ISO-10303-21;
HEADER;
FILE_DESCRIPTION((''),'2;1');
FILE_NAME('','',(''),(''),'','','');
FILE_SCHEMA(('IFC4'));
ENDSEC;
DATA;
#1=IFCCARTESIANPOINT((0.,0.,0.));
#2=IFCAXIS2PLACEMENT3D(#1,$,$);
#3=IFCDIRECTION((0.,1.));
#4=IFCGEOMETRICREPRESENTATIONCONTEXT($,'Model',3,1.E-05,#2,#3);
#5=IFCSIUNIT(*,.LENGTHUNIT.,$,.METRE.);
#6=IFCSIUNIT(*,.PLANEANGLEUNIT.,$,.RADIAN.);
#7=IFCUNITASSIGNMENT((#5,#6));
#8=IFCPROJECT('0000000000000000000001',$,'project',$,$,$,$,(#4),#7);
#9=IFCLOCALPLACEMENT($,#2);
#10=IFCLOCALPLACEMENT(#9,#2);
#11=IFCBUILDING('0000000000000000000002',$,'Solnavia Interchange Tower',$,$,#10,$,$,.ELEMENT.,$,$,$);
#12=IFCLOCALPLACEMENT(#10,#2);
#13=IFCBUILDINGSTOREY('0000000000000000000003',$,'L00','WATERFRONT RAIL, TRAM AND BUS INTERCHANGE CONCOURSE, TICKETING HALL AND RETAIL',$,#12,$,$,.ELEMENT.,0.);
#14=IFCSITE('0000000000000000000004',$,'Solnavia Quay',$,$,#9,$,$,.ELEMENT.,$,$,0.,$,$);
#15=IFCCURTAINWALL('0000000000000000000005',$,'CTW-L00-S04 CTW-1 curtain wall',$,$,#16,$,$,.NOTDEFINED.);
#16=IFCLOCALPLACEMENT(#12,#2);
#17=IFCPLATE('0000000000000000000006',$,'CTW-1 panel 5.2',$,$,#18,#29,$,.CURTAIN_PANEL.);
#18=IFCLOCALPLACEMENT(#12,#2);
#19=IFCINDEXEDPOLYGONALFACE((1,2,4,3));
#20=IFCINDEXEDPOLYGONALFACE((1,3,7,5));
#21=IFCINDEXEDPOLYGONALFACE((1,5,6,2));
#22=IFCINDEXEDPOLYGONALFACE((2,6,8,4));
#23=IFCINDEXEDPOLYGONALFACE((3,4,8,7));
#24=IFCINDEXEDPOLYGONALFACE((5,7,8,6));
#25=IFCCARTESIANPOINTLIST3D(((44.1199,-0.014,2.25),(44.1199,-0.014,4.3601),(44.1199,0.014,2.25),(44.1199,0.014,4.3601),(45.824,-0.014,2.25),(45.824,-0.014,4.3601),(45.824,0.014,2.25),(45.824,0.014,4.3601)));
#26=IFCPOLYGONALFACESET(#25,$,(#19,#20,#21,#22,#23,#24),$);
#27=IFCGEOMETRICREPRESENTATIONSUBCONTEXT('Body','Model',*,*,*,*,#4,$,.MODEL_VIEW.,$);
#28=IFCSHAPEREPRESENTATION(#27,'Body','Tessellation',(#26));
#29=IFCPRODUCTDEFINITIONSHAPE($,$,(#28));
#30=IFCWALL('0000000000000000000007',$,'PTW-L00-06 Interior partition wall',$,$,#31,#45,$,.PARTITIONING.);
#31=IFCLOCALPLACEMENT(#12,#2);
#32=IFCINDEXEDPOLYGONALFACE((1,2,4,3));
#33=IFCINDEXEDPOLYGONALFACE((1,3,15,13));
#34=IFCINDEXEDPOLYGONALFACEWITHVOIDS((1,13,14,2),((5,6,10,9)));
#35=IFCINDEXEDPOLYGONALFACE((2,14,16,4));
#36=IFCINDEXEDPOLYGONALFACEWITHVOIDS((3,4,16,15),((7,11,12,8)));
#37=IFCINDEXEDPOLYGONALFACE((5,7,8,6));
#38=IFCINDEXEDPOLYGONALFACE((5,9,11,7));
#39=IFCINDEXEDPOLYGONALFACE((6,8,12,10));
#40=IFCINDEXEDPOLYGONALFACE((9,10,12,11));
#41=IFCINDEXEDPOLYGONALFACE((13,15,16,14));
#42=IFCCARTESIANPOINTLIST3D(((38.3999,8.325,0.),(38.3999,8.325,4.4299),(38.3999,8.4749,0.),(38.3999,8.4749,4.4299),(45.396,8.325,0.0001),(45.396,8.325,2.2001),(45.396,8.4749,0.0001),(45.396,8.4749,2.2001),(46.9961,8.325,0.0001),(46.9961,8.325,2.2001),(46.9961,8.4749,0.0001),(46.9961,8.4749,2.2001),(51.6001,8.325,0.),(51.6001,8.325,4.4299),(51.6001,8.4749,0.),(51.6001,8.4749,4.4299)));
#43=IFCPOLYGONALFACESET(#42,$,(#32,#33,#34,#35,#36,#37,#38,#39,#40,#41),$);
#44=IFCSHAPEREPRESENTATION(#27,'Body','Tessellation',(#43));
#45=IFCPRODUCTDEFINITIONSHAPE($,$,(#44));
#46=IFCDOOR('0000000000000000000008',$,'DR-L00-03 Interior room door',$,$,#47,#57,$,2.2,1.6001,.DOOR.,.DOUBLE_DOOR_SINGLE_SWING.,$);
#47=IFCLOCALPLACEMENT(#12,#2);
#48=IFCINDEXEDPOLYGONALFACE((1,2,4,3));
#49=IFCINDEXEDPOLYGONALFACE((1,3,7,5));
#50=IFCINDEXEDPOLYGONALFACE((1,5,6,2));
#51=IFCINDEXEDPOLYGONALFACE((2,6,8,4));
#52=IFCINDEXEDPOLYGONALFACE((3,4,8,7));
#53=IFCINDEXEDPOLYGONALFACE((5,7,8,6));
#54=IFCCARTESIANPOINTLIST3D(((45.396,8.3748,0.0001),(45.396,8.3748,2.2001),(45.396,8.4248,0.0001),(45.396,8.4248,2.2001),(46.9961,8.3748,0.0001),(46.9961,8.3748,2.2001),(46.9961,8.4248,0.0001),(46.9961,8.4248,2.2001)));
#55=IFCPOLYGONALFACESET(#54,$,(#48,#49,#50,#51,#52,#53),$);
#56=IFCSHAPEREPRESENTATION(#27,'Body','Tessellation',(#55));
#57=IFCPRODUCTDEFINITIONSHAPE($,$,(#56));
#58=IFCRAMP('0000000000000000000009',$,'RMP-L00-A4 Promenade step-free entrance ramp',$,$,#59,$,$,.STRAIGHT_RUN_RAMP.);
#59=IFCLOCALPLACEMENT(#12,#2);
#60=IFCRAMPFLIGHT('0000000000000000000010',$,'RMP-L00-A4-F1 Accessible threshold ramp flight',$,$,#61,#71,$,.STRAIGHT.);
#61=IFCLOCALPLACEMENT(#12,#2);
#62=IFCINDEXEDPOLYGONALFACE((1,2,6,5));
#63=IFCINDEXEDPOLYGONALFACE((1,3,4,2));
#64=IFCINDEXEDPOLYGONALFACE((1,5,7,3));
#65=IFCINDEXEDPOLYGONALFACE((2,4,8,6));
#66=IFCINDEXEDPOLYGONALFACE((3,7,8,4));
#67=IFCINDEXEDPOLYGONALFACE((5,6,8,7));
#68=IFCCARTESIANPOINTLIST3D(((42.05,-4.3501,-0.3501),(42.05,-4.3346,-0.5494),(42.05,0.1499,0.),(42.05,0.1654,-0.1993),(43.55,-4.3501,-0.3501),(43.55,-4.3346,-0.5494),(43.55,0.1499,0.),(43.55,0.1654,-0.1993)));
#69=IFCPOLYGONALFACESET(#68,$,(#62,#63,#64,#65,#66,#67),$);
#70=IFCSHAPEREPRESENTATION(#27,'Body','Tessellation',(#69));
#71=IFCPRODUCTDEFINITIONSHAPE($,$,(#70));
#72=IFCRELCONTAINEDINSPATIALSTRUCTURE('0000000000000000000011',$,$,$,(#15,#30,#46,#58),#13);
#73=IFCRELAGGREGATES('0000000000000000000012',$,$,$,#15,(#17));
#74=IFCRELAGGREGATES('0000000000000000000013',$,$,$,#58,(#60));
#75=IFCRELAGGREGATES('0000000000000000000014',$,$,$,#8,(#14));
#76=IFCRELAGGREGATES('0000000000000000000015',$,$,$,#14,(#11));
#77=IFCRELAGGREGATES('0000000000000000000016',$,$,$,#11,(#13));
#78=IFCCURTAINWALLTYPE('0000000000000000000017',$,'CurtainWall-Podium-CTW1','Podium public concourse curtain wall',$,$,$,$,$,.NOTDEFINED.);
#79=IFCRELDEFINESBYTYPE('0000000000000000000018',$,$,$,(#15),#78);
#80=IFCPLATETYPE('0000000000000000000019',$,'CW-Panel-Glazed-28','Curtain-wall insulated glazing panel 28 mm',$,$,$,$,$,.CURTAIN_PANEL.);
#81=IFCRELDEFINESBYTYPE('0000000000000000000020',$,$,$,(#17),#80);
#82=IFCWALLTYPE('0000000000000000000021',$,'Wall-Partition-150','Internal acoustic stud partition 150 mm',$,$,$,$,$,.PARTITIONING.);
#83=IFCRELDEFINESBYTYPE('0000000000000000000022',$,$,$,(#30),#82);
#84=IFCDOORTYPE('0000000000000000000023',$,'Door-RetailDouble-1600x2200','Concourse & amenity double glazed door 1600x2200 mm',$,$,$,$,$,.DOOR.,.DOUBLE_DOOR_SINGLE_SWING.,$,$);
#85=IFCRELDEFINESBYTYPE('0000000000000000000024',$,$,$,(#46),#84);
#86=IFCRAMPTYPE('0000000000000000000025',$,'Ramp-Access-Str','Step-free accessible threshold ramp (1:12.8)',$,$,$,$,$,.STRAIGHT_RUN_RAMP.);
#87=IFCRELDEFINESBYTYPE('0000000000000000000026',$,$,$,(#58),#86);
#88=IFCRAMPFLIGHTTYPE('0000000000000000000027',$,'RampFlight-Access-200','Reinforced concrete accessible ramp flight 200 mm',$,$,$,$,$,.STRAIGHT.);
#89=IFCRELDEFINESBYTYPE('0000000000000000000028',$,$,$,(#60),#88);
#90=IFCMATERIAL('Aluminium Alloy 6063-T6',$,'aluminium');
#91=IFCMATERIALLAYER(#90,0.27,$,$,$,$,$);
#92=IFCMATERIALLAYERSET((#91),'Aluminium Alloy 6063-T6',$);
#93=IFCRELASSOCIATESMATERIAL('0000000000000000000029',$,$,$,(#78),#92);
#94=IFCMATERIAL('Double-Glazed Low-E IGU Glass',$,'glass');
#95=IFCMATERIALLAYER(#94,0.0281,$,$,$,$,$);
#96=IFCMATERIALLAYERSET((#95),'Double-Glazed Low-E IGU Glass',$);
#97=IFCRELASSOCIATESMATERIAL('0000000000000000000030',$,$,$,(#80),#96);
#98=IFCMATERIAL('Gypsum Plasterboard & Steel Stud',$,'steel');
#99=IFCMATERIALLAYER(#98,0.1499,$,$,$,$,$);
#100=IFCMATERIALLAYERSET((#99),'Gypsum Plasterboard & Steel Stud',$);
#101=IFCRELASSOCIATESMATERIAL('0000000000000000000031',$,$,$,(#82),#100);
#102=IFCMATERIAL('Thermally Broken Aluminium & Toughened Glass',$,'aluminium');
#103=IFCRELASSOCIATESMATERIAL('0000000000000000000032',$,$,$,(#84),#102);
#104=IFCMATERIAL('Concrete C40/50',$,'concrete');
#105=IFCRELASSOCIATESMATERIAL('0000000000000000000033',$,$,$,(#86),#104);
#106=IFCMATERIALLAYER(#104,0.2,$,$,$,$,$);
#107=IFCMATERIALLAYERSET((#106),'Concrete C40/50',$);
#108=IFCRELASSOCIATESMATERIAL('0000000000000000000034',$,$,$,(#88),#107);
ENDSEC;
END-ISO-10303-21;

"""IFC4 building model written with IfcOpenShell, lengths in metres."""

from ifc_helpers import new_model, si_unit, direction, frame, frame_2d, origin, origin_2d, place, context, subcontext, project, spatial, polyline, rectangle, outline, extrude, material, layer, layer_set, type_object, element, fill, aggregate, save


model = new_model("IFC4")

# Units and contexts
model_context = context("Model", 3, precision=1e-05, world=origin(), true_north=direction((0.0, 1.0)))
body_context = subcontext(model_context, "Body", "Model", "MODEL_VIEW")
ifc_project = project(units=[si_unit("LENGTHUNIT", "METRE"), si_unit("PLANEANGLEUNIT", "RADIAN")], contexts=[model_context])

# Site, building, storey
site_placement = place(None, origin())
site = spatial("IfcSite", under=ifc_project, at=site_placement, Name="Solnavia Quay", CompositionType="ELEMENT", RefElevation=0.0)
building_placement = place(site_placement, origin())
building = spatial("IfcBuilding", under=site, at=building_placement, Name="Solnavia Interchange Tower", CompositionType="ELEMENT")
storey_placement = place(building_placement, origin())
storey = spatial("IfcBuildingStorey", under=building, at=storey_placement, Name="L00", Description="WATERFRONT RAIL, TRAM AND BUS INTERCHANGE CONCOURSE, TICKETING HALL AND RETAIL", CompositionType="ELEMENT", Elevation=0.0)

# Curtain wall
ifc_material_1 = material(Name="Aluminium Alloy 6063-T6", Category="aluminium")
ifc_layer_1 = layer(ifc_material_1, 0.27)
ifc_layer_set_1 = layer_set([ifc_layer_1], Name="Aluminium Alloy 6063-T6")
curtain_wall_type = type_object("IfcCurtainWallType", Name="CurtainWall-Podium-CTW1", Description="Podium public concourse curtain wall", PredefinedType="NOTDEFINED", material=ifc_layer_set_1)
curtain_wall_1_placement = place(storey_placement, origin())
curtain_wall_1 = element("IfcCurtainWall", 1, at=curtain_wall_1_placement, inside=storey, type_object=curtain_wall_type, Name="CTW-L00-S04 CTW-1 curtain wall", PredefinedType="NOTDEFINED")

# Plate
ifc_material_2 = material(Name="Double-Glazed Low-E IGU Glass", Category="glass")
ifc_layer_2 = layer(ifc_material_2, 0.0281)
ifc_layer_set_2 = layer_set([ifc_layer_2], Name="Double-Glazed Low-E IGU Glass")
plate_type = type_object("IfcPlateType", Name="CW-Panel-Glazed-28", Description="Curtain-wall insulated glazing panel 28 mm", PredefinedType="CURTAIN_PANEL", material=ifc_layer_set_2)
plate_1_placement = place(storey_placement, frame((44.9719, 0.0, 2.25), z_axis=(0.0, 0.0, 1.0), x_axis=(-1.0, 0.0, 0.0)))
plate_1 = element("IfcPlate", 2, at=plate_1_placement, type_object=plate_type, Name="CTW-1 panel 5.2", PredefinedType="CURTAIN_PANEL", context=body_context, shape_type="SweptSolid", body=[
    extrude(rectangle(XDim=1.7041, YDim=0.0281, at=origin_2d()), origin(), (0.0, 0.0, 1.0), 2.1101),
])
aggregate(curtain_wall_1, [plate_1])

# Wall, opening, door
ifc_material_3 = material(Name="Gypsum Plasterboard & Steel Stud", Category="steel")
ifc_layer_3 = layer(ifc_material_3, 0.1499)
ifc_layer_set_3 = layer_set([ifc_layer_3], Name="Gypsum Plasterboard & Steel Stud")
wall_type = type_object("IfcWallType", Name="Wall-Partition-150", Description="Internal acoustic stud partition 150 mm", PredefinedType="PARTITIONING", material=ifc_layer_set_3)
wall_placement = place(storey_placement, frame((38.3999, 8.3999, 0.0), z_axis=(0.0, 0.0, 1.0), x_axis=(1.0, 0.0, 0.0)))
wall = element("IfcWall", 3, at=wall_placement, inside=storey, type_object=wall_type, Name="PTW-L00-06 Interior partition wall", PredefinedType="PARTITIONING", context=body_context, shape_type="SweptSolid", body=[
    extrude(rectangle(XDim=13.2002, YDim=0.1499, at=frame_2d((6.6001, 0.0))), origin(), (0.0, 0.0, 1.0), 4.4299),
])
opening_placement = place(wall_placement, frame((6.9961, 0.0, 0.0)))
opening = element("IfcOpeningElement", 4, at=opening_placement, cuts=wall, PredefinedType="OPENING", context=body_context, shape_type="SweptSolid", body=[
    extrude(rectangle(XDim=1.6001, YDim=2.2, at=frame_2d((0.8, 1.1001))), frame((0.0, 0.085, 0.0), z_axis=(0.0, -1.0, 0.0), x_axis=(1.0, 0.0, 0.0)), (0.0, 0.0, 1.0), 0.1699),
])
ifc_material_4 = material(Name="Thermally Broken Aluminium & Toughened Glass", Category="aluminium")
door_type = type_object("IfcDoorType", Name="Door-RetailDouble-1600x2200", Description="Concourse & amenity double glazed door 1600x2200 mm", OperationType="DOUBLE_DOOR_SINGLE_SWING", PredefinedType="DOOR", material=ifc_material_4)
door_placement = place(opening_placement, origin())
door = element("IfcDoor", 5, at=door_placement, inside=storey, type_object=door_type, Name="DR-L00-03 Interior room door", OperationType="DOUBLE_DOOR_SINGLE_SWING", OverallHeight=2.2, OverallWidth=1.6001, PredefinedType="DOOR", context=body_context, shape_type="SweptSolid", body=[
    extrude(rectangle(XDim=1.6001, YDim=2.2, at=frame_2d((0.8, 1.1001))), frame((0.0, 0.0249, 0.0), z_axis=(0.0, -1.0, 0.0), x_axis=(1.0, 0.0, 0.0)), (0.0, 0.0, 1.0), 0.05),
])
fill(opening, door)

# Ramp, ramp flight
ifc_material_5 = material(Name="Concrete C40/50", Category="concrete")
ramp_type = type_object("IfcRampType", Name="Ramp-Access-Str", Description="Step-free accessible threshold ramp (1:12.8)", PredefinedType="STRAIGHT_RUN_RAMP", material=ifc_material_5)
ramp_placement = place(storey_placement, origin())
ramp = element("IfcRamp", 6, at=ramp_placement, inside=storey, type_object=ramp_type, Name="RMP-L00-A4 Promenade step-free entrance ramp", PredefinedType="STRAIGHT_RUN_RAMP")
ifc_layer_4 = layer(ifc_material_5, 0.2)
ifc_layer_set_4 = layer_set([ifc_layer_4], Name="Concrete C40/50")
ramp_flight_type = type_object("IfcRampFlightType", Name="RampFlight-Access-200", Description="Reinforced concrete accessible ramp flight 200 mm", PredefinedType="STRAIGHT", material=ifc_layer_set_4)
ramp_flight_placement = place(storey_placement, frame((42.05, -4.3501, -0.3501), z_axis=(0.0, -0.077565, 0.996987), x_axis=(1.0, 0.0, 0.0)))
ramp_flight = element("IfcRampFlight", 7, at=ramp_flight_placement, type_object=ramp_flight_type, Name="RMP-L00-A4-F1 Accessible threshold ramp flight", PredefinedType="STRAIGHT", context=body_context, shape_type="SweptSolid", body=[
    extrude(outline(polyline([(0.0, 0.0), (1.5, 0.0), (1.5, 4.5136), (0.0, 4.5136), (0.0, 0.0)])), origin(), (0.0, 0.0, -1.0), 0.2),
])
aggregate(ramp, [ramp_flight])

save(model, "model.ifc")
